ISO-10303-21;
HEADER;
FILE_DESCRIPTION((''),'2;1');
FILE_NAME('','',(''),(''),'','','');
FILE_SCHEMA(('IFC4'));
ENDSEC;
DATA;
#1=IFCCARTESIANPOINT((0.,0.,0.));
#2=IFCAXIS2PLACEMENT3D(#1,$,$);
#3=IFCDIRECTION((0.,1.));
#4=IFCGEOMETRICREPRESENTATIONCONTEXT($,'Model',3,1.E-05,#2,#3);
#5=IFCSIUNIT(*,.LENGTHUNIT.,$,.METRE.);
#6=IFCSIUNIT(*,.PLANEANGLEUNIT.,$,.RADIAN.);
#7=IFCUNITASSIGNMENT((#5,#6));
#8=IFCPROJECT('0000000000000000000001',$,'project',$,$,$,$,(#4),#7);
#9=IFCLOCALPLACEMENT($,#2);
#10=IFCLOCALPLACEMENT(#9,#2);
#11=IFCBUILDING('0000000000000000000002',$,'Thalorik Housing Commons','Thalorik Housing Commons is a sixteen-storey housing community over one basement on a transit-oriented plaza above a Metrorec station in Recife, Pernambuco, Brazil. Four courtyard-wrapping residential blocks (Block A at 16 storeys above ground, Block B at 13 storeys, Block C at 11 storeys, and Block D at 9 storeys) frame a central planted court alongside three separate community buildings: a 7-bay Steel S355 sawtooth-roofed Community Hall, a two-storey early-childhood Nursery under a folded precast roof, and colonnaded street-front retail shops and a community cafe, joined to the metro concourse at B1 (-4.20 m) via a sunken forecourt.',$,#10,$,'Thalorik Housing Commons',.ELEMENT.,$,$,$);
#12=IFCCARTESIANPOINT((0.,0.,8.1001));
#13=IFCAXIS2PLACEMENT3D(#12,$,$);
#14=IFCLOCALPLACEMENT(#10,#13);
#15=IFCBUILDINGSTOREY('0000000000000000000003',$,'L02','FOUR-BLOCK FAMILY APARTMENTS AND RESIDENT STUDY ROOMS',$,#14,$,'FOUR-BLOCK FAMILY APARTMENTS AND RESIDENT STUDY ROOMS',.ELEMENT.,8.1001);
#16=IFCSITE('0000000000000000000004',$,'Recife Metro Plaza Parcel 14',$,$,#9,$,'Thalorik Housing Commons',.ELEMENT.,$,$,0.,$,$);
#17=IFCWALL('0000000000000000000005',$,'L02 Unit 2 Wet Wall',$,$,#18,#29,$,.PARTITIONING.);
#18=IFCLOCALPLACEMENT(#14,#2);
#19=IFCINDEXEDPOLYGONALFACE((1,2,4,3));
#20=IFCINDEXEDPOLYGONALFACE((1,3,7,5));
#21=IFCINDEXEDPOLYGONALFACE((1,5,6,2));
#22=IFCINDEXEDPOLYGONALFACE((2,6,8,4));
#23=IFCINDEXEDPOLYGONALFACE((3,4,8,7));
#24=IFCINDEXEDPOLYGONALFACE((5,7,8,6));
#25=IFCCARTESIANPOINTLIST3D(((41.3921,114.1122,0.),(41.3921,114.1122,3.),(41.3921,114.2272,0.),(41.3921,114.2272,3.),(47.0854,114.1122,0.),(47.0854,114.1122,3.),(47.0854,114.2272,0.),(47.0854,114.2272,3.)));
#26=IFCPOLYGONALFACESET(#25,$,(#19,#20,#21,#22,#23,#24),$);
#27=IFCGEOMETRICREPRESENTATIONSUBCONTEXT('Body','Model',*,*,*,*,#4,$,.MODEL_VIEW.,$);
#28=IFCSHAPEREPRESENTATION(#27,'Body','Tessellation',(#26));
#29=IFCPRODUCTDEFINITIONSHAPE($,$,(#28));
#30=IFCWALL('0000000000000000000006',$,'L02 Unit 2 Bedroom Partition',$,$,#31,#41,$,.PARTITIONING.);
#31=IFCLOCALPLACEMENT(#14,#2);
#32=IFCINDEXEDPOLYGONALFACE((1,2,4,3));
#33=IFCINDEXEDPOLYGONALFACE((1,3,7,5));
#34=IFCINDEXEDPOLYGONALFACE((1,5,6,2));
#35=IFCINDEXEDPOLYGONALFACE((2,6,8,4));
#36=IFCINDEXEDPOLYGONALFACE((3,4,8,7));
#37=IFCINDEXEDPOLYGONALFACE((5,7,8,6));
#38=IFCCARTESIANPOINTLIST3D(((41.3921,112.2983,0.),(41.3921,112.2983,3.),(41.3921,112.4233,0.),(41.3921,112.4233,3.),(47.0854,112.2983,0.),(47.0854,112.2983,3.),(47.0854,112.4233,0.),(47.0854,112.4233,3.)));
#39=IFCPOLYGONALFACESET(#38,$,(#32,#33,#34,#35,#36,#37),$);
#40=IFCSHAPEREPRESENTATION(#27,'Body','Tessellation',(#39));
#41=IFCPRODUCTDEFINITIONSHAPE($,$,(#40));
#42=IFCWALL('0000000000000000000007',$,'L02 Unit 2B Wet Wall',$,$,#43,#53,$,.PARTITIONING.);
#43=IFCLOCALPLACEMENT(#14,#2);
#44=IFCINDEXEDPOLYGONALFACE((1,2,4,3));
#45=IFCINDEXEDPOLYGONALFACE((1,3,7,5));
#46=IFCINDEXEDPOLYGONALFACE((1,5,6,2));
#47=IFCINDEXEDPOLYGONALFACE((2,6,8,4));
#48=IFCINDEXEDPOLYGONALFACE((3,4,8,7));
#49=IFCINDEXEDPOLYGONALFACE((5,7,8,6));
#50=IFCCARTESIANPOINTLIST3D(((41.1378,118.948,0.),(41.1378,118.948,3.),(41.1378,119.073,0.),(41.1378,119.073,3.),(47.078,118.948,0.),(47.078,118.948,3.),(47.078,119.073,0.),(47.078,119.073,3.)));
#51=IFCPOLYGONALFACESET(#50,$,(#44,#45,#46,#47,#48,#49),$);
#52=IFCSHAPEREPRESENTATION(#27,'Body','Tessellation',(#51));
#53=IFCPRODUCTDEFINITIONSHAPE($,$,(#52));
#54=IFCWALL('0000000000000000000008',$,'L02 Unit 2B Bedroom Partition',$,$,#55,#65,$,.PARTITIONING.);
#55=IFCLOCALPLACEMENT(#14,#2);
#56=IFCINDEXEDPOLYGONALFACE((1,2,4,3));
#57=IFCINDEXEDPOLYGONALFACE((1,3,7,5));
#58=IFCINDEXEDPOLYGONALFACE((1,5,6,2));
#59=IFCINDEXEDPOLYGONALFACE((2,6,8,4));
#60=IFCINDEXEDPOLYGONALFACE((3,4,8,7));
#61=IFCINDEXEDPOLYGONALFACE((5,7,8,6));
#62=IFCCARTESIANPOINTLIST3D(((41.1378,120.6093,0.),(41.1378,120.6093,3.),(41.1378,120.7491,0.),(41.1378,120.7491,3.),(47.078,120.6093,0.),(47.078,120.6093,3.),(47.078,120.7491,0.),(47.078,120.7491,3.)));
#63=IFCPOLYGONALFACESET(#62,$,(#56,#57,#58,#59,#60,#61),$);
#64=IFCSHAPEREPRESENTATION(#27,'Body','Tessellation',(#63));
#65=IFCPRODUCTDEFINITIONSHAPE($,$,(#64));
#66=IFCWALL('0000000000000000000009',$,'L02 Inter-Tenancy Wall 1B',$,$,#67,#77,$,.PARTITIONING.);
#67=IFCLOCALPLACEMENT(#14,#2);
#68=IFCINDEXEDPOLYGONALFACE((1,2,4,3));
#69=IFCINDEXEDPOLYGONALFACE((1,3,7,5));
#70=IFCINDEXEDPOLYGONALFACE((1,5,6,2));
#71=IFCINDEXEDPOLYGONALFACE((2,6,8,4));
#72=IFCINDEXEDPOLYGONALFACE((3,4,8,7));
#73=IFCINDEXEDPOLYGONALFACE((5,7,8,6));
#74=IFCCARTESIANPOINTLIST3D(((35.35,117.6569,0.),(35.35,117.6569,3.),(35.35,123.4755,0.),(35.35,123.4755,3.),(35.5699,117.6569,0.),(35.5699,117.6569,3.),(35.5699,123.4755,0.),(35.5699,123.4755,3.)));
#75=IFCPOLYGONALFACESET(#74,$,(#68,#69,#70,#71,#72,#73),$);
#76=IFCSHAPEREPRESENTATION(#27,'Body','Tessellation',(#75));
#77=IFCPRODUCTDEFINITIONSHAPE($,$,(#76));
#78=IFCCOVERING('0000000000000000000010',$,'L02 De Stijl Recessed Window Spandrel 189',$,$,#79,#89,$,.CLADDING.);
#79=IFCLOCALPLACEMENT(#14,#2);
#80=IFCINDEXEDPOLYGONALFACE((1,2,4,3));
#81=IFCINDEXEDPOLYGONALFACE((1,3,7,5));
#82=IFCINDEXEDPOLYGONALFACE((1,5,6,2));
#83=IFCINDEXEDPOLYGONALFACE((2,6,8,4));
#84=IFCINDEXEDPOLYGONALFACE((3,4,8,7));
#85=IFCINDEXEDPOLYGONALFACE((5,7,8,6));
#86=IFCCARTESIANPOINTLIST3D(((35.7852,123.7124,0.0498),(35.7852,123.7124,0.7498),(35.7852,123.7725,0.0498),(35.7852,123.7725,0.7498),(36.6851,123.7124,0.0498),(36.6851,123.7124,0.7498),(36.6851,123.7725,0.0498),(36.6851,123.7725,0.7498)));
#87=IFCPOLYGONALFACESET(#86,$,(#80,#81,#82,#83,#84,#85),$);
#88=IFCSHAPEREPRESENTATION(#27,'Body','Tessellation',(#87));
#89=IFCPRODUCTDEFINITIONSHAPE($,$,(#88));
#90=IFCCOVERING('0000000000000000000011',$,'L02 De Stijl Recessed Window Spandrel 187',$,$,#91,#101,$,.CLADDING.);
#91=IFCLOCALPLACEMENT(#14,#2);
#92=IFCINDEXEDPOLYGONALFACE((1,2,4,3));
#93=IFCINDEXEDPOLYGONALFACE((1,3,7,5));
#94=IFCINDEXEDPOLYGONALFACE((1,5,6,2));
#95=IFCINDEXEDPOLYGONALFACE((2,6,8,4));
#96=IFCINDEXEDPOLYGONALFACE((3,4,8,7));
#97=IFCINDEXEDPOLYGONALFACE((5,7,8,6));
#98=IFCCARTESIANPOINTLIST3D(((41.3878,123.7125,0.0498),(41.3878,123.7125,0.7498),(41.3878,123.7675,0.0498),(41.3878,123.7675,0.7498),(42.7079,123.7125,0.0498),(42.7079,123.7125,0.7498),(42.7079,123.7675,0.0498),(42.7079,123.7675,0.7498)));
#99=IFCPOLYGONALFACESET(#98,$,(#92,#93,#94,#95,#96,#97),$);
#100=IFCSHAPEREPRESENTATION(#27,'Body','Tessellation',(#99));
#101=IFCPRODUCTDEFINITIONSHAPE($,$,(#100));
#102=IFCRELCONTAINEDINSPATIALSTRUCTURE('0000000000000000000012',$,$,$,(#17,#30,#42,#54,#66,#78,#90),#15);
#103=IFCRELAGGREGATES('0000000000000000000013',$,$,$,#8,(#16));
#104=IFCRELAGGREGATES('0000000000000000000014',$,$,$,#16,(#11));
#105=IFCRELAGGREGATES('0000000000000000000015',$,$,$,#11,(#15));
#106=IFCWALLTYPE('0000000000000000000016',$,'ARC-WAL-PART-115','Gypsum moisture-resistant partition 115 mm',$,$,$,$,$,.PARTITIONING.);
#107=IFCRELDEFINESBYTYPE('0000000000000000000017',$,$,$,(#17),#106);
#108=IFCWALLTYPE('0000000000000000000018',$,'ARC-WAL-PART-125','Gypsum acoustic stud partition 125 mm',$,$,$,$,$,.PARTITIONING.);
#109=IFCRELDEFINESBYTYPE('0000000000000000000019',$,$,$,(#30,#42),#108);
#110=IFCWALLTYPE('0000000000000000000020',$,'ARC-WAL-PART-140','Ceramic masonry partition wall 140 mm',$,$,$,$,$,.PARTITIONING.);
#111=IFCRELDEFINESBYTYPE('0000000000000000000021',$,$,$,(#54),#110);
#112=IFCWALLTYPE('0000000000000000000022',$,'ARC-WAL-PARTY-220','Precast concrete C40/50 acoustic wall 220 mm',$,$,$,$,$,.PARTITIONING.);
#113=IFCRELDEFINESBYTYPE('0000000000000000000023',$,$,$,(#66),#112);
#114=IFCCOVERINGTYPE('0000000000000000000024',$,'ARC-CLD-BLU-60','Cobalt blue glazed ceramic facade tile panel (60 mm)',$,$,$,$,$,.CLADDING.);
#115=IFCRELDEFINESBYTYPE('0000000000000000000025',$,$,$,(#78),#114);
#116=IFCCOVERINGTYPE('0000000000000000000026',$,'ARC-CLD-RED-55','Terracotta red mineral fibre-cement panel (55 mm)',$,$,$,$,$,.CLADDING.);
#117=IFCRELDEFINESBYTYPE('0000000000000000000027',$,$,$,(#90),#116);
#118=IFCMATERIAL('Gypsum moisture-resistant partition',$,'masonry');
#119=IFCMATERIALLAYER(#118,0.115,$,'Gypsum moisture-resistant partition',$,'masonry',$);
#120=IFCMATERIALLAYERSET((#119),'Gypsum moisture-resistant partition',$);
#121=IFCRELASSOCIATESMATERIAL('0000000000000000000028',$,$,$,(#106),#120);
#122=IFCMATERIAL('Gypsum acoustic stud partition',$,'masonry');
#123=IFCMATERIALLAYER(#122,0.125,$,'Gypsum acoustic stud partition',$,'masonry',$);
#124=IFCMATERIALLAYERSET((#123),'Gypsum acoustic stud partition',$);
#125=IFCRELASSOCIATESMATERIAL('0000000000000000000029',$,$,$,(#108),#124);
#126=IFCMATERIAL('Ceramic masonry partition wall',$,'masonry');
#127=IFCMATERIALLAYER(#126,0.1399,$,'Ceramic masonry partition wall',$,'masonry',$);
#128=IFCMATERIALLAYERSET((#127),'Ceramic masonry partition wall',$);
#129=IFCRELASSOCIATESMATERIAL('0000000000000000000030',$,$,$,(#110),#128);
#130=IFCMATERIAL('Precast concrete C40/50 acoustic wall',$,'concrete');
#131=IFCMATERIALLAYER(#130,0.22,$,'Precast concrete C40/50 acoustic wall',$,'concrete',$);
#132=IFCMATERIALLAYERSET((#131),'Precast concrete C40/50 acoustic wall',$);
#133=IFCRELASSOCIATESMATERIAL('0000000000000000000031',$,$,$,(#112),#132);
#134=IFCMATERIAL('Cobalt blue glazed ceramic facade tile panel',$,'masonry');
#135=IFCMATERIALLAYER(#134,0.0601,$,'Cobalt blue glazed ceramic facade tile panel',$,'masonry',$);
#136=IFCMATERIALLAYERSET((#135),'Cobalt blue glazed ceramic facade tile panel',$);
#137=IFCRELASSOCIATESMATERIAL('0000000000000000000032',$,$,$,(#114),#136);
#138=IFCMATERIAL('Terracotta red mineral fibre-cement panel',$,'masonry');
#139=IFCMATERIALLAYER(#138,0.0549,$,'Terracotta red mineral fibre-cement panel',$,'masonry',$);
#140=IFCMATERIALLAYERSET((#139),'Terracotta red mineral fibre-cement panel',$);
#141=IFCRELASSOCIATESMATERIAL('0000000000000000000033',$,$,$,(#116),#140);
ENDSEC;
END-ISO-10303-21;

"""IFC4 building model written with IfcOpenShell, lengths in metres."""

from ifc_helpers import new_model, si_unit, direction, frame, frame_2d, origin, origin_2d, place, context, subcontext, project, spatial, rectangle, extrude, material, layer, layer_set, type_object, element, save


model = new_model("IFC4")

# Units and contexts
model_context = context("Model", 3, precision=1e-05, world=origin(), true_north=direction((0.0, 1.0)))
body_context = subcontext(model_context, "Body", "Model", "MODEL_VIEW")
ifc_project = project(units=[si_unit("LENGTHUNIT", "METRE"), si_unit("PLANEANGLEUNIT", "RADIAN")], contexts=[model_context])

# Site, building, storey
site_placement = place(None, origin())
site = spatial("IfcSite", under=ifc_project, at=site_placement, Name="Recife Metro Plaza Parcel 14", LongName="Thalorik Housing Commons", CompositionType="ELEMENT", RefElevation=0.0)
building_placement = place(site_placement, origin())
building = spatial("IfcBuilding", under=site, at=building_placement, Name="Thalorik Housing Commons", Description="Thalorik Housing Commons is a sixteen-storey housing community over one basement on a transit-oriented plaza above a Metrorec station in Recife, Pernambuco, Brazil. Four courtyard-wrapping residential blocks (Block A at 16 storeys above ground, Block B at 13 storeys, Block C at 11 storeys, and Block D at 9 storeys) frame a central planted court alongside three separate community buildings: a 7-bay Steel S355 sawtooth-roofed Community Hall, a two-storey early-childhood Nursery under a folded precast roof, and colonnaded street-front retail shops and a community cafe, joined to the metro concourse at B1 (-4.20 m) via a sunken forecourt.", LongName="Thalorik Housing Commons", CompositionType="ELEMENT")
storey_placement = place(building_placement, frame((0.0, 0.0, 8.1001)))
storey = spatial("IfcBuildingStorey", under=building, at=storey_placement, Name="L02", Description="FOUR-BLOCK FAMILY APARTMENTS AND RESIDENT STUDY ROOMS", LongName="FOUR-BLOCK FAMILY APARTMENTS AND RESIDENT STUDY ROOMS", CompositionType="ELEMENT", Elevation=8.1001)

# Walls
ifc_material_1 = material(Name="Gypsum moisture-resistant partition", Category="masonry")
ifc_layer_1 = layer(ifc_material_1, 0.115, Name="Gypsum moisture-resistant partition", Category="masonry")
ifc_layer_set_1 = layer_set([ifc_layer_1], Name="Gypsum moisture-resistant partition")
wall_type_1 = type_object("IfcWallType", Name="ARC-WAL-PART-115", Description="Gypsum moisture-resistant partition 115 mm", PredefinedType="PARTITIONING", material=ifc_layer_set_1)
wall_1_placement = place(storey_placement, frame((41.3921, 114.1697, 0.0), z_axis=(0.0, 0.0, 1.0), x_axis=(1.0, 0.0, 0.0)))
element("IfcWall", 1, at=wall_1_placement, inside=storey, type_object=wall_type_1, Name="L02 Unit 2 Wet Wall", PredefinedType="PARTITIONING", context=body_context, shape_type="SweptSolid", body=[
    extrude(rectangle(XDim=5.6934, YDim=0.115, at=frame_2d((2.8467, 0.0))), origin(), (0.0, 0.0, 1.0), 3.0),
])
ifc_material_2 = material(Name="Gypsum acoustic stud partition", Category="masonry")
ifc_layer_2 = layer(ifc_material_2, 0.125, Name="Gypsum acoustic stud partition", Category="masonry")
ifc_layer_set_2 = layer_set([ifc_layer_2], Name="Gypsum acoustic stud partition")
wall_type_2 = type_object("IfcWallType", Name="ARC-WAL-PART-125", Description="Gypsum acoustic stud partition 125 mm", PredefinedType="PARTITIONING", material=ifc_layer_set_2)
wall_2_placement = place(storey_placement, frame((41.3921, 112.3608, 0.0), z_axis=(0.0, 0.0, 1.0), x_axis=(1.0, 0.0, 0.0)))
element("IfcWall", 2, at=wall_2_placement, inside=storey, type_object=wall_type_2, Name="L02 Unit 2 Bedroom Partition", PredefinedType="PARTITIONING", context=body_context, shape_type="SweptSolid", body=[
    extrude(rectangle(XDim=5.6934, YDim=0.125, at=frame_2d((2.8467, 0.0))), origin(), (0.0, 0.0, 1.0), 3.0),
])
wall_3_placement = place(storey_placement, frame((41.1377, 119.0105, 0.0), z_axis=(0.0, 0.0, 1.0), x_axis=(1.0, 0.0, 0.0)))
element("IfcWall", 3, at=wall_3_placement, inside=storey, type_object=wall_type_2, Name="L02 Unit 2B Wet Wall", PredefinedType="PARTITIONING", context=body_context, shape_type="SweptSolid", body=[
    extrude(rectangle(XDim=5.9402, YDim=0.125, at=frame_2d((2.9702, 0.0))), origin(), (0.0, 0.0, 1.0), 3.0),
])
ifc_material_3 = material(Name="Ceramic masonry partition wall", Category="masonry")
ifc_layer_3 = layer(ifc_material_3, 0.1399, Name="Ceramic masonry partition wall", Category="masonry")
ifc_layer_set_3 = layer_set([ifc_layer_3], Name="Ceramic masonry partition wall")
wall_type_3 = type_object("IfcWallType", Name="ARC-WAL-PART-140", Description="Ceramic masonry partition wall 140 mm", PredefinedType="PARTITIONING", material=ifc_layer_set_3)
wall_4_placement = place(storey_placement, frame((41.1377, 120.6792, 0.0), z_axis=(0.0, 0.0, 1.0), x_axis=(1.0, 0.0, 0.0)))
element("IfcWall", 4, at=wall_4_placement, inside=storey, type_object=wall_type_3, Name="L02 Unit 2B Bedroom Partition", PredefinedType="PARTITIONING", context=body_context, shape_type="SweptSolid", body=[
    extrude(rectangle(XDim=5.9402, YDim=0.1399, at=frame_2d((2.9702, 0.0))), origin(), (0.0, 0.0, 1.0), 3.0),
])
ifc_material_4 = material(Name="Precast concrete C40/50 acoustic wall", Category="concrete")
ifc_layer_4 = layer(ifc_material_4, 0.22, Name="Precast concrete C40/50 acoustic wall", Category="concrete")
ifc_layer_set_4 = layer_set([ifc_layer_4], Name="Precast concrete C40/50 acoustic wall")
wall_type_4 = type_object("IfcWallType", Name="ARC-WAL-PARTY-220", Description="Precast concrete C40/50 acoustic wall 220 mm", PredefinedType="PARTITIONING", material=ifc_layer_set_4)
wall_5_placement = place(storey_placement, frame((35.46, 117.657, 0.0), z_axis=(0.0, 0.0, 1.0), x_axis=(0.0, 1.0, 0.0)))
element("IfcWall", 5, at=wall_5_placement, inside=storey, type_object=wall_type_4, Name="L02 Inter-Tenancy Wall 1B", PredefinedType="PARTITIONING", context=body_context, shape_type="SweptSolid", body=[
    extrude(rectangle(XDim=5.8186, YDim=0.22, at=frame_2d((2.9092, 0.0))), origin(), (0.0, 0.0, 1.0), 3.0),
])

# Coverings
ifc_material_5 = material(Name="Cobalt blue glazed ceramic facade tile panel", Category="masonry")
ifc_layer_5 = layer(ifc_material_5, 0.0601, Name="Cobalt blue glazed ceramic facade tile panel", Category="masonry")
ifc_layer_set_5 = layer_set([ifc_layer_5], Name="Cobalt blue glazed ceramic facade tile panel")
covering_type_1 = type_object("IfcCoveringType", Name="ARC-CLD-BLU-60", Description="Cobalt blue glazed ceramic facade tile panel (60 mm)", PredefinedType="CLADDING", material=ifc_layer_set_5)
covering_1_placement = place(storey_placement, frame((36.2351, 123.7424, 0.0498), z_axis=(0.0, 0.0, 1.0), x_axis=(-1.0, 0.0, 0.0)))
element("IfcCovering", 6, at=covering_1_placement, inside=storey, type_object=covering_type_1, Name="L02 De Stijl Recessed Window Spandrel 189", PredefinedType="CLADDING", context=body_context, shape_type="SweptSolid", body=[
    extrude(rectangle(XDim=0.8999, YDim=0.0601, at=origin_2d()), origin(), (0.0, 0.0, 1.0), 0.7),
])
ifc_material_6 = material(Name="Terracotta red mineral fibre-cement panel", Category="masonry")
ifc_layer_6 = layer(ifc_material_6, 0.0549, Name="Terracotta red mineral fibre-cement panel", Category="masonry")
ifc_layer_set_6 = layer_set([ifc_layer_6], Name="Terracotta red mineral fibre-cement panel")
covering_type_2 = type_object("IfcCoveringType", Name="ARC-CLD-RED-55", Description="Terracotta red mineral fibre-cement panel (55 mm)", PredefinedType="CLADDING", material=ifc_layer_set_6)
covering_2_placement = place(storey_placement, frame((42.0479, 123.74, 0.0498), z_axis=(0.0, 0.0, 1.0), x_axis=(-1.0, 0.0, 0.0)))
element("IfcCovering", 7, at=covering_2_placement, inside=storey, type_object=covering_type_2, Name="L02 De Stijl Recessed Window Spandrel 187", PredefinedType="CLADDING", context=body_context, shape_type="SweptSolid", body=[
    extrude(rectangle(XDim=1.3201, YDim=0.0549, at=origin_2d()), origin(), (0.0, 0.0, 1.0), 0.7),
])

save(model, "model.ifc")
